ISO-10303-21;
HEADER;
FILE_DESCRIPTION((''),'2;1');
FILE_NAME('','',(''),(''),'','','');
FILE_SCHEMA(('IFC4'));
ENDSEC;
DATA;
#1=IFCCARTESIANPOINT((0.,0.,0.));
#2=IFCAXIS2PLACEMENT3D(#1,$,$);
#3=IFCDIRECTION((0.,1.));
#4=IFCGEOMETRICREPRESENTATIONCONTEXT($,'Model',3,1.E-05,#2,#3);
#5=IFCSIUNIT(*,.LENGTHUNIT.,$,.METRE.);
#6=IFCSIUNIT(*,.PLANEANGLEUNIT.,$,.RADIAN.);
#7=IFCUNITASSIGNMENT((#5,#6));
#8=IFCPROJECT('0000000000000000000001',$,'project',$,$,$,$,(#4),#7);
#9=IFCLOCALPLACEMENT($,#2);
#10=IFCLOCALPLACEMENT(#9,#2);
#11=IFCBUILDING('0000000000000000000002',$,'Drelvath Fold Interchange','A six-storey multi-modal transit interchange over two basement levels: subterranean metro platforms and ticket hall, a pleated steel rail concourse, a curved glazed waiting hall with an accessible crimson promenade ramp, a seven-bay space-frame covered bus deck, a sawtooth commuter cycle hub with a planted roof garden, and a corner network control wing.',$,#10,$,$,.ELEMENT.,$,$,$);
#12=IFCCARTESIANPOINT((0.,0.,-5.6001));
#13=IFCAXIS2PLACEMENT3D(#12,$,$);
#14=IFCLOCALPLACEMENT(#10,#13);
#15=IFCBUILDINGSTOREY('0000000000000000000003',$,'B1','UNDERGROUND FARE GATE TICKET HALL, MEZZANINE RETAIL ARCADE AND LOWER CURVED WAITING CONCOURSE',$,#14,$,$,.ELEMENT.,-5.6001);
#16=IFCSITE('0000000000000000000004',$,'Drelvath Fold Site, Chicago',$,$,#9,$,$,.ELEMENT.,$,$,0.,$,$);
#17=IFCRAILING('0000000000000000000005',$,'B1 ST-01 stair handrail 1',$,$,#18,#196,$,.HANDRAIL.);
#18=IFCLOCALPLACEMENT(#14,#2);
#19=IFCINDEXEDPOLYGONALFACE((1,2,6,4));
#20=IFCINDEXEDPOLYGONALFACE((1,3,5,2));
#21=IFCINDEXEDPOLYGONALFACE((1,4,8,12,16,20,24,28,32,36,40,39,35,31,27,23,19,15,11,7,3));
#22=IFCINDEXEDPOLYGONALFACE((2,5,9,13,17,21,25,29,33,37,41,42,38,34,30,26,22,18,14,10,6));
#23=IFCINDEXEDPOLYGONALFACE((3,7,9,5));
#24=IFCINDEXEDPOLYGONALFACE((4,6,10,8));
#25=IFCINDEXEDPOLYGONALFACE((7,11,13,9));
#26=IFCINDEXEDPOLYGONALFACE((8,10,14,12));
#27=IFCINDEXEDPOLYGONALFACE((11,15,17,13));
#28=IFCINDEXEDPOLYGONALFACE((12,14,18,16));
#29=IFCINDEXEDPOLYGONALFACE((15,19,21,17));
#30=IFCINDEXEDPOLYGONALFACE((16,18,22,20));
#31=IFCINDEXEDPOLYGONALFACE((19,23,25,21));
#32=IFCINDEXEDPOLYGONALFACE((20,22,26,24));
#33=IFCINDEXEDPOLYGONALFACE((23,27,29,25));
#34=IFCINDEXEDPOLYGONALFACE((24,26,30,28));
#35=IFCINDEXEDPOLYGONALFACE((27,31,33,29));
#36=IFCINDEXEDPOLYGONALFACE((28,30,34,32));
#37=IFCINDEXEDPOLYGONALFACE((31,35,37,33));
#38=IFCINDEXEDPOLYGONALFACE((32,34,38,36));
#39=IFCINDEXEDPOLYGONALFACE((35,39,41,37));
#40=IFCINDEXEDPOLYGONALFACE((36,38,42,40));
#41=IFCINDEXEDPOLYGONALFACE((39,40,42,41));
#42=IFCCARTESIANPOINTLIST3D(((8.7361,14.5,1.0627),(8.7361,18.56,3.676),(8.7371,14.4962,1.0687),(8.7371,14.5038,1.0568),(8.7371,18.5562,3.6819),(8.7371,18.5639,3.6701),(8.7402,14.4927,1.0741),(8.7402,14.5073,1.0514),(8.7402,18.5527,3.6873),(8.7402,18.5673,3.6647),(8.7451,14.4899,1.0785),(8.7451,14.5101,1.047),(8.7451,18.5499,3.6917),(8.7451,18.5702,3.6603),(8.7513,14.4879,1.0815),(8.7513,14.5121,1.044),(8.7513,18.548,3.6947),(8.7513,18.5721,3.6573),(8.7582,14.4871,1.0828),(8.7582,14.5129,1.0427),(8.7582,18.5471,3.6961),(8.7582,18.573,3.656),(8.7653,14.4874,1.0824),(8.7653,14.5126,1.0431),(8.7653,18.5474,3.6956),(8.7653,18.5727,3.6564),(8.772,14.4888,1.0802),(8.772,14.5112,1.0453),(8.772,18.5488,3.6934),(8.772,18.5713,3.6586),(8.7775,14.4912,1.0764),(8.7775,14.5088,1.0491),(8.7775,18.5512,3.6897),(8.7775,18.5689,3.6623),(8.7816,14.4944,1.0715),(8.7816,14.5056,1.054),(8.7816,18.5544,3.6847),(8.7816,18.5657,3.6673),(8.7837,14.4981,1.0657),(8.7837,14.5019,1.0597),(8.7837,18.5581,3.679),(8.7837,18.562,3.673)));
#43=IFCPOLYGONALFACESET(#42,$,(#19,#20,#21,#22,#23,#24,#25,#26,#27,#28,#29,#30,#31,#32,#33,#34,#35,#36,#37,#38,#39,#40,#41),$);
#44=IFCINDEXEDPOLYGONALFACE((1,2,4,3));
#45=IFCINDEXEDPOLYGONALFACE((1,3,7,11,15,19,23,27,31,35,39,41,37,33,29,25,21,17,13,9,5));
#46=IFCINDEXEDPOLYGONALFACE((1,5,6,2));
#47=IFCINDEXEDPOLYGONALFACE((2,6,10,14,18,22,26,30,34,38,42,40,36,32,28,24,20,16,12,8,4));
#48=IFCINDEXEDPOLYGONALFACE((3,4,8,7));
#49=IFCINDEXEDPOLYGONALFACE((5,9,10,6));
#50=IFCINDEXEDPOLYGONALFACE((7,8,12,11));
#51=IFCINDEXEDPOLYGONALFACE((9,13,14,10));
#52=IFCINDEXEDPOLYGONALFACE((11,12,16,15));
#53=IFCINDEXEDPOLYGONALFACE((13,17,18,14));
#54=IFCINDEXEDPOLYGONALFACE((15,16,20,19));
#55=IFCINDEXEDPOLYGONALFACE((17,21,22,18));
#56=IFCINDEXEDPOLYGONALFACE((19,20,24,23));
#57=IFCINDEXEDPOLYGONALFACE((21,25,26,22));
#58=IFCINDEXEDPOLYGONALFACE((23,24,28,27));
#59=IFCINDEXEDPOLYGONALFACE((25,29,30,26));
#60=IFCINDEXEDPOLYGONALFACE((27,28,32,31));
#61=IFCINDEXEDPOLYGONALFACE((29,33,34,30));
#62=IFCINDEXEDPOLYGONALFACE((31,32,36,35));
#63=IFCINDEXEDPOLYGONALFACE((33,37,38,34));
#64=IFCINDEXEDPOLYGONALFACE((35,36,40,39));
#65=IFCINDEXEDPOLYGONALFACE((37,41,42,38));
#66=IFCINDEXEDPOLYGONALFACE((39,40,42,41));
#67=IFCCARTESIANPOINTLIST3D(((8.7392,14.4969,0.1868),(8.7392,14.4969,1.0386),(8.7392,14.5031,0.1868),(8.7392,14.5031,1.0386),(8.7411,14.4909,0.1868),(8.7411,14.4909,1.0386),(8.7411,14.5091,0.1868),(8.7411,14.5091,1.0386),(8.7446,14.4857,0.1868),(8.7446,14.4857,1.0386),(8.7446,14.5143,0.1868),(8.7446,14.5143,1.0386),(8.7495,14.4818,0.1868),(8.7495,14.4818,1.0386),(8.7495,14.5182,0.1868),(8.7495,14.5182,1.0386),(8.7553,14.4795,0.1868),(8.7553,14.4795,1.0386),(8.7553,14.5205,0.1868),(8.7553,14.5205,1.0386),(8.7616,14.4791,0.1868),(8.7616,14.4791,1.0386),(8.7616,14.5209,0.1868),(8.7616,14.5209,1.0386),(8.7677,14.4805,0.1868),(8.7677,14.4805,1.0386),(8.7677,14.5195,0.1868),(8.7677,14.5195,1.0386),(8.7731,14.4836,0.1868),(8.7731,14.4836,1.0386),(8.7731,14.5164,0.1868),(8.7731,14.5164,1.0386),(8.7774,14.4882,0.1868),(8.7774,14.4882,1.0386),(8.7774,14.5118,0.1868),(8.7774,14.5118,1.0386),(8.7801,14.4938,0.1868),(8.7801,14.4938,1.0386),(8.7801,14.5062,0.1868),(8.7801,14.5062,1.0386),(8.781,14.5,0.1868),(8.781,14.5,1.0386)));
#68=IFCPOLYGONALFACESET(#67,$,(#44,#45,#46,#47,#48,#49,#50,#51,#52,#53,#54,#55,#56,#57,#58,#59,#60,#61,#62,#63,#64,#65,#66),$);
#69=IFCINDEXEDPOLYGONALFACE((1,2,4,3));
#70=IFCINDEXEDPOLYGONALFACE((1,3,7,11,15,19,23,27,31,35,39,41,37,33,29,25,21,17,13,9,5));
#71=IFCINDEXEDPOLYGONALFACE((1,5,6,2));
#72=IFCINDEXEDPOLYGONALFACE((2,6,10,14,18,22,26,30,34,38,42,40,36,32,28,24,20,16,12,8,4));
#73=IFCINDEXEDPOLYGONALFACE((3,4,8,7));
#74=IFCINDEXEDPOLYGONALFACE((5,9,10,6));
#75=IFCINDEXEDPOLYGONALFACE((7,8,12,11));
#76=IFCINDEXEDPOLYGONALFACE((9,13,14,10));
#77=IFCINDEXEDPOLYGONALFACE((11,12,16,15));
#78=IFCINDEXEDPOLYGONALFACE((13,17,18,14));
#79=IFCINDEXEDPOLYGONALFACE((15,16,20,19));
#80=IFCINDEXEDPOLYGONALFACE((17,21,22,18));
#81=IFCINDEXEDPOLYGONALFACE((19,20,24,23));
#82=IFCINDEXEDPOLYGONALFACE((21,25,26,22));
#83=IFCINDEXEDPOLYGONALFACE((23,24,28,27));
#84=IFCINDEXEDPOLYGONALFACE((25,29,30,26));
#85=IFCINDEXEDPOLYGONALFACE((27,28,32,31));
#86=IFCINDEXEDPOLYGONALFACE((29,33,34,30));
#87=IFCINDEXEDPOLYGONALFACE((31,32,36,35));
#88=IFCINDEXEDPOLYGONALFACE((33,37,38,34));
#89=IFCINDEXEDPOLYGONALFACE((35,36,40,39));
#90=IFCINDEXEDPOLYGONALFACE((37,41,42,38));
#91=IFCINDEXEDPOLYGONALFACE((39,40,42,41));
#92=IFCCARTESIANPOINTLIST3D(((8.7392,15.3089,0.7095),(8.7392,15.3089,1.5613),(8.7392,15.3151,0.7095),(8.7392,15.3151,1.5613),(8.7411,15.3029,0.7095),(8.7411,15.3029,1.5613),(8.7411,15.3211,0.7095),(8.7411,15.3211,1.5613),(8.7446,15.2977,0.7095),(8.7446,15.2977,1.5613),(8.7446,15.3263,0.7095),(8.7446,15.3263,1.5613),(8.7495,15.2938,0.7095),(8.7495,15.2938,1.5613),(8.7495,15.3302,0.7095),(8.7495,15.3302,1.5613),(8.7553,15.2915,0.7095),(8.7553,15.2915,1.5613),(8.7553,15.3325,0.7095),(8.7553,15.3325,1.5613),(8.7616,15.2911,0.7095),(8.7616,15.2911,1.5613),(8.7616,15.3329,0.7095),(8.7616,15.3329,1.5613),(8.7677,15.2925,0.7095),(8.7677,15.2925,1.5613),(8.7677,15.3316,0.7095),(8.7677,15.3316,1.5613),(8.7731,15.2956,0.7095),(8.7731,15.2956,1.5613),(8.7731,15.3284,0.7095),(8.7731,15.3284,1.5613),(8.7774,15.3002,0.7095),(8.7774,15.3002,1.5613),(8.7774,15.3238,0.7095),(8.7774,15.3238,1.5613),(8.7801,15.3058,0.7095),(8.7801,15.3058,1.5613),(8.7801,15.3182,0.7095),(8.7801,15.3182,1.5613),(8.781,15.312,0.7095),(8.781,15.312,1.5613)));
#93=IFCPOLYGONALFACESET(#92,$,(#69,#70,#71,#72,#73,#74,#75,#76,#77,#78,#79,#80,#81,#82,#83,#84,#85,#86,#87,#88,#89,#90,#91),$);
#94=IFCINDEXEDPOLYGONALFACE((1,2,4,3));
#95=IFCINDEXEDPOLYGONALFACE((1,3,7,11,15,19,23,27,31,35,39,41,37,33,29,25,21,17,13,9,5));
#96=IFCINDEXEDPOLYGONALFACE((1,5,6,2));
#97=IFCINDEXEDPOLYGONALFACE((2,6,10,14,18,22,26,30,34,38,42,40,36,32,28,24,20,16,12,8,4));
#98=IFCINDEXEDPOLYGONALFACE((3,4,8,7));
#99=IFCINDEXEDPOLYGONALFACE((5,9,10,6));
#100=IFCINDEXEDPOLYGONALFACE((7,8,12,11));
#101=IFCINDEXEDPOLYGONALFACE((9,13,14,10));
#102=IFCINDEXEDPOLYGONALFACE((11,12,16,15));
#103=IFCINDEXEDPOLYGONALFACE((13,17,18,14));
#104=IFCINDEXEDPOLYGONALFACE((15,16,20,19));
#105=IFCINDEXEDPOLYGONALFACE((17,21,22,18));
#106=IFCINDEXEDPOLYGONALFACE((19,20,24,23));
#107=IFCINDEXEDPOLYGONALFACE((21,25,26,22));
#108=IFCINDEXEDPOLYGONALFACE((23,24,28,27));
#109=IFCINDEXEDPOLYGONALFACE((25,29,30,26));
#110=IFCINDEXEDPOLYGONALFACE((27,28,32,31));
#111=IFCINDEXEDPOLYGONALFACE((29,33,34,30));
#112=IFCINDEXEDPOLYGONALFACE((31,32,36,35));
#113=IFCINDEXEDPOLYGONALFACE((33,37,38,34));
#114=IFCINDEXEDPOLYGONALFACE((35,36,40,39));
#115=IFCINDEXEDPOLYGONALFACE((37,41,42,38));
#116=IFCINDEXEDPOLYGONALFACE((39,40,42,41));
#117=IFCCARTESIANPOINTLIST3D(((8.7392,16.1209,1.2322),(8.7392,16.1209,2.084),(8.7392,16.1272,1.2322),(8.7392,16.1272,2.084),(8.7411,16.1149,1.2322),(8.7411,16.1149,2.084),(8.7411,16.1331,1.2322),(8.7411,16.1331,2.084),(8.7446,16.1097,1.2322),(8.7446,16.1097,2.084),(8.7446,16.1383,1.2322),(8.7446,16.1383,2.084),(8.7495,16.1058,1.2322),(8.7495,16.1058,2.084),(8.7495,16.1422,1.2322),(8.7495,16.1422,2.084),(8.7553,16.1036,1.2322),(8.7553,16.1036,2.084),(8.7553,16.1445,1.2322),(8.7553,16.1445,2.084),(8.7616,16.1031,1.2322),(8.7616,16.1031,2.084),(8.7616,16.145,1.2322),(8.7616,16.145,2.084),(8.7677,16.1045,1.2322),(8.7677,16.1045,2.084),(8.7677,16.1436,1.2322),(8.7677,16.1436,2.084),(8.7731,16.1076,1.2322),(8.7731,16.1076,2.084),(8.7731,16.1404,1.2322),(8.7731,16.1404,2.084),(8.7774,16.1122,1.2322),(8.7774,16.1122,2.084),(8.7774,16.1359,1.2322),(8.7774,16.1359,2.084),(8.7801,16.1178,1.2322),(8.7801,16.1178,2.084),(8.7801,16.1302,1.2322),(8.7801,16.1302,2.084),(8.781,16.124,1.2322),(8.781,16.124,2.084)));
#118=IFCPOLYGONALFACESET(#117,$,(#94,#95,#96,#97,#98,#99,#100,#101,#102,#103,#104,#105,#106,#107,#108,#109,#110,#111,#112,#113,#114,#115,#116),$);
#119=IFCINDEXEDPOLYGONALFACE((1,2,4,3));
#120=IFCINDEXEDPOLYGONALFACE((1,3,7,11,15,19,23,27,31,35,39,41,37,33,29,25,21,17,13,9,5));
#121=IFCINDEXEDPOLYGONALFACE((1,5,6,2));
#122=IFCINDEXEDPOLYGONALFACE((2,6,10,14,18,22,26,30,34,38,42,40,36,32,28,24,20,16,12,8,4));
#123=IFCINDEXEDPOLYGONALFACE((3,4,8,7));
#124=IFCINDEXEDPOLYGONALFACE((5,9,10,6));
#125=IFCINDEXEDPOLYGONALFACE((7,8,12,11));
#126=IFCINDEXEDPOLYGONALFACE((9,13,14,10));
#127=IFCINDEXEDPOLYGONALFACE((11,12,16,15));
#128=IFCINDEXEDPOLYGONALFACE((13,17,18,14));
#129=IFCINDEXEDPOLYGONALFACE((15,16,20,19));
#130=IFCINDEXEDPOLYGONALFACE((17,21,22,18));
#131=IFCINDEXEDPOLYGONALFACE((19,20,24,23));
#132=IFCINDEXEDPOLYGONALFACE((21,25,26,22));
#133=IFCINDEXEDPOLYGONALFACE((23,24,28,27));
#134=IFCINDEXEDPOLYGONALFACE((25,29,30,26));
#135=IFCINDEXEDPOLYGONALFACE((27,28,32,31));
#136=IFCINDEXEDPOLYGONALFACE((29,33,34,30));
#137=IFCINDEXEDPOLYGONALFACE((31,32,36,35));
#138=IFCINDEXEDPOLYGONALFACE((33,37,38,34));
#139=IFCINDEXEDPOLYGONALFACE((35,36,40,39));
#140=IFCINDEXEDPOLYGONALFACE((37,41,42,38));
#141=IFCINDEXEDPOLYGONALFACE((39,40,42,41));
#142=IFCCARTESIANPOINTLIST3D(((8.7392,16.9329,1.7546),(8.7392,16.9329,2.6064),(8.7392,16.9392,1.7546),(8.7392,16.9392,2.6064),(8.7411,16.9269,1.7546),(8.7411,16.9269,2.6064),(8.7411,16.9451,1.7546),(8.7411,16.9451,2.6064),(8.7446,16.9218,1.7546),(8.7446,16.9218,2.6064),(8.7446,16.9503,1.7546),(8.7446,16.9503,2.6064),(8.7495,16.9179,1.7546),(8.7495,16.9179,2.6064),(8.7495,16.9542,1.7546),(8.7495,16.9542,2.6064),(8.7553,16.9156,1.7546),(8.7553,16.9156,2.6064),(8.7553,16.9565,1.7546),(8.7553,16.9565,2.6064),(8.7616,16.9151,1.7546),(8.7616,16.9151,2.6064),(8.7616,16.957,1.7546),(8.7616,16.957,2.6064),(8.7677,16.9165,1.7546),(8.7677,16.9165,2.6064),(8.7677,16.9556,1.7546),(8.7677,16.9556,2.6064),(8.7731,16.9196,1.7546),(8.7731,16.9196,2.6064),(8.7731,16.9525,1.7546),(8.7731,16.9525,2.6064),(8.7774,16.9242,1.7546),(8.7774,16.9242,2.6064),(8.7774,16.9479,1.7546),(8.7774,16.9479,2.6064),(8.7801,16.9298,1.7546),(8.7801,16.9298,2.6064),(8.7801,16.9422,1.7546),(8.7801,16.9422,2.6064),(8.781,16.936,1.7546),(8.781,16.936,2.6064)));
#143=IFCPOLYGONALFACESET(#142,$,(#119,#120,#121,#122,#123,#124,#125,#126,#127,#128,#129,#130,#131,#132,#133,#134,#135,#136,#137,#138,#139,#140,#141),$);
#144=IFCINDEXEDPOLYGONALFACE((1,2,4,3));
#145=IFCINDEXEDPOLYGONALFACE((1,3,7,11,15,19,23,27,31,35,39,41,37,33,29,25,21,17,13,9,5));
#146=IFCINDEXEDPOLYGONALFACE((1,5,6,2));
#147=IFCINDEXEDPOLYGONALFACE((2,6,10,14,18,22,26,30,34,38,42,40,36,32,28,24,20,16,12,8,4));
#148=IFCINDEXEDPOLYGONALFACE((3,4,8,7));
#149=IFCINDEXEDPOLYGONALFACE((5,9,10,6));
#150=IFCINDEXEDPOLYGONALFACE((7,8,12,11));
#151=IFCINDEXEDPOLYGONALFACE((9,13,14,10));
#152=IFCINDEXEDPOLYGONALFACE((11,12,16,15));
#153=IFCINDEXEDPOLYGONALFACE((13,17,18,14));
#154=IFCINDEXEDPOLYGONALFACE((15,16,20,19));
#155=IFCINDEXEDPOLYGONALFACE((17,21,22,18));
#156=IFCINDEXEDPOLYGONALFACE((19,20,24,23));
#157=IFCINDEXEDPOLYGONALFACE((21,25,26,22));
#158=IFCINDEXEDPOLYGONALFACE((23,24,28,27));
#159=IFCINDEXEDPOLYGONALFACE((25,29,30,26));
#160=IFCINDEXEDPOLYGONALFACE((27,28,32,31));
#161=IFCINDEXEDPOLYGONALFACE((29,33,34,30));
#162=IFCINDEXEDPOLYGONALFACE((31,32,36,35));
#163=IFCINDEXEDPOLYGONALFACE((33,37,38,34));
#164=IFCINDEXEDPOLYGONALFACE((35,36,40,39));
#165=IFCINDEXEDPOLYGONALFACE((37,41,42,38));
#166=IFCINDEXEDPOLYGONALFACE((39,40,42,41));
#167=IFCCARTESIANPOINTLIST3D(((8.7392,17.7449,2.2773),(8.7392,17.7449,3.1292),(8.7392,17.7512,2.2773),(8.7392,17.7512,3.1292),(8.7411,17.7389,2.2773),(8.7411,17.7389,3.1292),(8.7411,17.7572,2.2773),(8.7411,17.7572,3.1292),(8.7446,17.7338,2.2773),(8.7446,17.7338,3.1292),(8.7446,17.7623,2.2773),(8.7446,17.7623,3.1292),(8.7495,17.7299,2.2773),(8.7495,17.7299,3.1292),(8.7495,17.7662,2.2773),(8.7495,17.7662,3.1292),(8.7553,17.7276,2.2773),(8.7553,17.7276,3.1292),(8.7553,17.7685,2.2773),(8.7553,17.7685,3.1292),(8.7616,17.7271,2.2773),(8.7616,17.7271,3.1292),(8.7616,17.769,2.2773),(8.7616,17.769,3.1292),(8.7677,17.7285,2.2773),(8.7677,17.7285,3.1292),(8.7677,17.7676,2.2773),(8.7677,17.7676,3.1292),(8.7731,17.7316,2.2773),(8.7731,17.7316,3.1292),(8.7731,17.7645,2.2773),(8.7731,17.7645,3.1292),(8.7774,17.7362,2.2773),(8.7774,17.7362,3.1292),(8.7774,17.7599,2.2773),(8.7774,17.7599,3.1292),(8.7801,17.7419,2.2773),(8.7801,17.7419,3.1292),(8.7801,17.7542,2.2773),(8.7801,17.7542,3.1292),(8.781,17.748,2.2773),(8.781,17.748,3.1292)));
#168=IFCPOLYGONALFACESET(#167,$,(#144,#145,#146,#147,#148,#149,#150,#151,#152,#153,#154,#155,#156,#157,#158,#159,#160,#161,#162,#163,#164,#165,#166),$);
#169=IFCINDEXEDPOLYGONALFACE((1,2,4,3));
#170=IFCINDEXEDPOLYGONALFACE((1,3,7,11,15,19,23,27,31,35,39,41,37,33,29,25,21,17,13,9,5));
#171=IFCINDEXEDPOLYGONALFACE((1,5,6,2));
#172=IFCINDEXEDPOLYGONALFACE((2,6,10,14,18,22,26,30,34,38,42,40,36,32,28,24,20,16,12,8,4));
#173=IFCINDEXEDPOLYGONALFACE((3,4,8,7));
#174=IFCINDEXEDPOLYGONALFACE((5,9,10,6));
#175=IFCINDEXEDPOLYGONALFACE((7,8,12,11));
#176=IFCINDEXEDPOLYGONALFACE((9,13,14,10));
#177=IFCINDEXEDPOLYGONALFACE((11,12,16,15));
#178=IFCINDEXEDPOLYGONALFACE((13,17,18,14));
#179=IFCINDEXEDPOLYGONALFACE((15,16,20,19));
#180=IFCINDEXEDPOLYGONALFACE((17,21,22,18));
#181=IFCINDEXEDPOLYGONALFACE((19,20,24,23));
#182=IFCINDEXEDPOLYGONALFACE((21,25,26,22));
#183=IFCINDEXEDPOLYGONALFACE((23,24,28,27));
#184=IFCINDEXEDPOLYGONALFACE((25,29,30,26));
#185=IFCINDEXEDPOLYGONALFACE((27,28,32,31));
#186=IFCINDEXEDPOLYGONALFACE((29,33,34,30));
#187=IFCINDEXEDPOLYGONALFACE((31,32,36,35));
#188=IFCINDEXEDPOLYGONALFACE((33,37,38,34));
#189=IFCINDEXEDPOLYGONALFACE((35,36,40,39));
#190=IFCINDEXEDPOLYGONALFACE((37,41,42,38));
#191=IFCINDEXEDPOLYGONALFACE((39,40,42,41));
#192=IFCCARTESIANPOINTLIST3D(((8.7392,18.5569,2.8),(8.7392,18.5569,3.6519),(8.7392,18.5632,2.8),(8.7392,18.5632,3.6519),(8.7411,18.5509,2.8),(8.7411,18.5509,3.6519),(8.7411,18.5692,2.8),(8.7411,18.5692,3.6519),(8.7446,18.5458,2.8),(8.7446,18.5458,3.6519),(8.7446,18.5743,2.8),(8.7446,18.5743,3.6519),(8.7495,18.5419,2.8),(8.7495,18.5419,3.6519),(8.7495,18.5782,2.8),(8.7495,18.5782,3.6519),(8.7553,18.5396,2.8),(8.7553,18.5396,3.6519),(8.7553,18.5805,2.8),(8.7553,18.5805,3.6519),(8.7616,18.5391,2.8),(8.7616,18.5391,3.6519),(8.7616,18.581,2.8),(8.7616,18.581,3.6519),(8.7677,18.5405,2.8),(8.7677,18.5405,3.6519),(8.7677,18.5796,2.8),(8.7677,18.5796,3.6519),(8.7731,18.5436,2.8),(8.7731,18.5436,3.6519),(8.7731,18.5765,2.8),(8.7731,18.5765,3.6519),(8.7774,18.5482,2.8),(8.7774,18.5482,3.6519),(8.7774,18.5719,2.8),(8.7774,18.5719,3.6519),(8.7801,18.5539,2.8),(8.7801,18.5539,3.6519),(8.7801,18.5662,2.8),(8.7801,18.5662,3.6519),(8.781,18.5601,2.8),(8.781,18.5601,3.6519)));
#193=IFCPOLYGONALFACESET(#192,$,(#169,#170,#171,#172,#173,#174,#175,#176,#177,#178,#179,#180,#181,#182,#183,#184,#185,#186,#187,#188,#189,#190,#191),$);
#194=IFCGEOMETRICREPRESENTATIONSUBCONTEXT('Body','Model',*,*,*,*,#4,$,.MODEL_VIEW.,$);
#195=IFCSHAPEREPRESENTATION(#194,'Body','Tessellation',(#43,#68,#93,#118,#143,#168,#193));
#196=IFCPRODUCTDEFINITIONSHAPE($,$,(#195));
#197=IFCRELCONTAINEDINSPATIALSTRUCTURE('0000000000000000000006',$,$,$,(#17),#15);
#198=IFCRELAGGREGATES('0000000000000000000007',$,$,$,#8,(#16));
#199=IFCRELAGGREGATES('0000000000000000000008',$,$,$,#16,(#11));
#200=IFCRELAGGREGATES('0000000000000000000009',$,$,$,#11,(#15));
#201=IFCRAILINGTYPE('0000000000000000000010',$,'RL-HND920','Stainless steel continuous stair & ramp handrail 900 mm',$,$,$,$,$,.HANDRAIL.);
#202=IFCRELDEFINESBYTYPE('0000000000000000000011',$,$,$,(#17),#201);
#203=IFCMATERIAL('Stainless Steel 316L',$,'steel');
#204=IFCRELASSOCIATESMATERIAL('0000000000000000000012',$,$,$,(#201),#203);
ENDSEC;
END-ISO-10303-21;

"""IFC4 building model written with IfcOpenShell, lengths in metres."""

from ifc_helpers import new_model, si_unit, direction, frame, origin, origin_2d, place, context, subcontext, project, spatial, circle, extrude, material, type_object, element, save


model = new_model("IFC4")

# Units and contexts
model_context = context("Model", 3, precision=1e-05, world=origin(), true_north=direction((0.0, 1.0)))
body_context = subcontext(model_context, "Body", "Model", "MODEL_VIEW")
ifc_project = project(units=[si_unit("LENGTHUNIT", "METRE"), si_unit("PLANEANGLEUNIT", "RADIAN")], contexts=[model_context])

# Site, building, storey
site_placement = place(None, origin())
site = spatial("IfcSite", under=ifc_project, at=site_placement, Name="Drelvath Fold Site, Chicago", CompositionType="ELEMENT", RefElevation=0.0)
building_placement = place(site_placement, origin())
building = spatial("IfcBuilding", under=site, at=building_placement, Name="Drelvath Fold Interchange", Description="A six-storey multi-modal transit interchange over two basement levels: subterranean metro platforms and ticket hall, a pleated steel rail concourse, a curved glazed waiting hall with an accessible crimson promenade ramp, a seven-bay space-frame covered bus deck, a sawtooth commuter cycle hub with a planted roof garden, and a corner network control wing.", CompositionType="ELEMENT")
storey_placement = place(building_placement, frame((0.0, 0.0, -5.6001)))
storey = spatial("IfcBuildingStorey", under=building, at=storey_placement, Name="B1", Description="UNDERGROUND FARE GATE TICKET HALL, MEZZANINE RETAIL ARCADE AND LOWER CURVED WAITING CONCOURSE", CompositionType="ELEMENT", Elevation=-5.6001)

# Railing
ifc_material_1 = material(Name="Stainless Steel 316L", Category="steel")
railing_type_1 = type_object("IfcRailingType", Name="RL-HND920", Description="Stainless steel continuous stair & ramp handrail 900 mm", PredefinedType="HANDRAIL", material=ifc_material_1)
railing_1_placement = place(storey_placement, frame((8.76, 14.5, 0.1868)))
element("IfcRailing", 1, at=railing_1_placement, inside=storey, type_object=railing_type_1, Name="B1 ST-01 stair handrail 1", PredefinedType="HANDRAIL", context=body_context, shape_type="SweptSolid", body=[
    extrude(circle(Radius=0.0239, at=origin_2d()), frame((0.0, 0.0, 0.876), z_axis=(0.0, 0.840873, 0.541233), x_axis=(-1.0, 0.0, 0.0)), (0.0, 0.0, 1.0), 4.8284),
    extrude(circle(Radius=0.021, at=origin_2d()), origin(), (0.0, 0.0, 1.0), 0.8518),
    extrude(circle(Radius=0.021, at=origin_2d()), frame((0.0, 0.812, 0.5227)), (0.0, 0.0, 1.0), 0.8518),
    extrude(circle(Radius=0.021, at=origin_2d()), frame((0.0, 1.624, 1.0454)), (0.0, 0.0, 1.0), 0.8518),
    extrude(circle(Radius=0.021, at=origin_2d()), frame((0.0, 2.436, 1.5679)), (0.0, 0.0, 1.0), 0.8518),
    extrude(circle(Radius=0.021, at=origin_2d()), frame((0.0, 3.248, 2.0906)), (0.0, 0.0, 1.0), 0.8518),
    extrude(circle(Radius=0.021, at=origin_2d()), frame((0.0, 4.0601, 2.6133)), (0.0, 0.0, 1.0), 0.8518),
])

save(model, "model.ifc")
